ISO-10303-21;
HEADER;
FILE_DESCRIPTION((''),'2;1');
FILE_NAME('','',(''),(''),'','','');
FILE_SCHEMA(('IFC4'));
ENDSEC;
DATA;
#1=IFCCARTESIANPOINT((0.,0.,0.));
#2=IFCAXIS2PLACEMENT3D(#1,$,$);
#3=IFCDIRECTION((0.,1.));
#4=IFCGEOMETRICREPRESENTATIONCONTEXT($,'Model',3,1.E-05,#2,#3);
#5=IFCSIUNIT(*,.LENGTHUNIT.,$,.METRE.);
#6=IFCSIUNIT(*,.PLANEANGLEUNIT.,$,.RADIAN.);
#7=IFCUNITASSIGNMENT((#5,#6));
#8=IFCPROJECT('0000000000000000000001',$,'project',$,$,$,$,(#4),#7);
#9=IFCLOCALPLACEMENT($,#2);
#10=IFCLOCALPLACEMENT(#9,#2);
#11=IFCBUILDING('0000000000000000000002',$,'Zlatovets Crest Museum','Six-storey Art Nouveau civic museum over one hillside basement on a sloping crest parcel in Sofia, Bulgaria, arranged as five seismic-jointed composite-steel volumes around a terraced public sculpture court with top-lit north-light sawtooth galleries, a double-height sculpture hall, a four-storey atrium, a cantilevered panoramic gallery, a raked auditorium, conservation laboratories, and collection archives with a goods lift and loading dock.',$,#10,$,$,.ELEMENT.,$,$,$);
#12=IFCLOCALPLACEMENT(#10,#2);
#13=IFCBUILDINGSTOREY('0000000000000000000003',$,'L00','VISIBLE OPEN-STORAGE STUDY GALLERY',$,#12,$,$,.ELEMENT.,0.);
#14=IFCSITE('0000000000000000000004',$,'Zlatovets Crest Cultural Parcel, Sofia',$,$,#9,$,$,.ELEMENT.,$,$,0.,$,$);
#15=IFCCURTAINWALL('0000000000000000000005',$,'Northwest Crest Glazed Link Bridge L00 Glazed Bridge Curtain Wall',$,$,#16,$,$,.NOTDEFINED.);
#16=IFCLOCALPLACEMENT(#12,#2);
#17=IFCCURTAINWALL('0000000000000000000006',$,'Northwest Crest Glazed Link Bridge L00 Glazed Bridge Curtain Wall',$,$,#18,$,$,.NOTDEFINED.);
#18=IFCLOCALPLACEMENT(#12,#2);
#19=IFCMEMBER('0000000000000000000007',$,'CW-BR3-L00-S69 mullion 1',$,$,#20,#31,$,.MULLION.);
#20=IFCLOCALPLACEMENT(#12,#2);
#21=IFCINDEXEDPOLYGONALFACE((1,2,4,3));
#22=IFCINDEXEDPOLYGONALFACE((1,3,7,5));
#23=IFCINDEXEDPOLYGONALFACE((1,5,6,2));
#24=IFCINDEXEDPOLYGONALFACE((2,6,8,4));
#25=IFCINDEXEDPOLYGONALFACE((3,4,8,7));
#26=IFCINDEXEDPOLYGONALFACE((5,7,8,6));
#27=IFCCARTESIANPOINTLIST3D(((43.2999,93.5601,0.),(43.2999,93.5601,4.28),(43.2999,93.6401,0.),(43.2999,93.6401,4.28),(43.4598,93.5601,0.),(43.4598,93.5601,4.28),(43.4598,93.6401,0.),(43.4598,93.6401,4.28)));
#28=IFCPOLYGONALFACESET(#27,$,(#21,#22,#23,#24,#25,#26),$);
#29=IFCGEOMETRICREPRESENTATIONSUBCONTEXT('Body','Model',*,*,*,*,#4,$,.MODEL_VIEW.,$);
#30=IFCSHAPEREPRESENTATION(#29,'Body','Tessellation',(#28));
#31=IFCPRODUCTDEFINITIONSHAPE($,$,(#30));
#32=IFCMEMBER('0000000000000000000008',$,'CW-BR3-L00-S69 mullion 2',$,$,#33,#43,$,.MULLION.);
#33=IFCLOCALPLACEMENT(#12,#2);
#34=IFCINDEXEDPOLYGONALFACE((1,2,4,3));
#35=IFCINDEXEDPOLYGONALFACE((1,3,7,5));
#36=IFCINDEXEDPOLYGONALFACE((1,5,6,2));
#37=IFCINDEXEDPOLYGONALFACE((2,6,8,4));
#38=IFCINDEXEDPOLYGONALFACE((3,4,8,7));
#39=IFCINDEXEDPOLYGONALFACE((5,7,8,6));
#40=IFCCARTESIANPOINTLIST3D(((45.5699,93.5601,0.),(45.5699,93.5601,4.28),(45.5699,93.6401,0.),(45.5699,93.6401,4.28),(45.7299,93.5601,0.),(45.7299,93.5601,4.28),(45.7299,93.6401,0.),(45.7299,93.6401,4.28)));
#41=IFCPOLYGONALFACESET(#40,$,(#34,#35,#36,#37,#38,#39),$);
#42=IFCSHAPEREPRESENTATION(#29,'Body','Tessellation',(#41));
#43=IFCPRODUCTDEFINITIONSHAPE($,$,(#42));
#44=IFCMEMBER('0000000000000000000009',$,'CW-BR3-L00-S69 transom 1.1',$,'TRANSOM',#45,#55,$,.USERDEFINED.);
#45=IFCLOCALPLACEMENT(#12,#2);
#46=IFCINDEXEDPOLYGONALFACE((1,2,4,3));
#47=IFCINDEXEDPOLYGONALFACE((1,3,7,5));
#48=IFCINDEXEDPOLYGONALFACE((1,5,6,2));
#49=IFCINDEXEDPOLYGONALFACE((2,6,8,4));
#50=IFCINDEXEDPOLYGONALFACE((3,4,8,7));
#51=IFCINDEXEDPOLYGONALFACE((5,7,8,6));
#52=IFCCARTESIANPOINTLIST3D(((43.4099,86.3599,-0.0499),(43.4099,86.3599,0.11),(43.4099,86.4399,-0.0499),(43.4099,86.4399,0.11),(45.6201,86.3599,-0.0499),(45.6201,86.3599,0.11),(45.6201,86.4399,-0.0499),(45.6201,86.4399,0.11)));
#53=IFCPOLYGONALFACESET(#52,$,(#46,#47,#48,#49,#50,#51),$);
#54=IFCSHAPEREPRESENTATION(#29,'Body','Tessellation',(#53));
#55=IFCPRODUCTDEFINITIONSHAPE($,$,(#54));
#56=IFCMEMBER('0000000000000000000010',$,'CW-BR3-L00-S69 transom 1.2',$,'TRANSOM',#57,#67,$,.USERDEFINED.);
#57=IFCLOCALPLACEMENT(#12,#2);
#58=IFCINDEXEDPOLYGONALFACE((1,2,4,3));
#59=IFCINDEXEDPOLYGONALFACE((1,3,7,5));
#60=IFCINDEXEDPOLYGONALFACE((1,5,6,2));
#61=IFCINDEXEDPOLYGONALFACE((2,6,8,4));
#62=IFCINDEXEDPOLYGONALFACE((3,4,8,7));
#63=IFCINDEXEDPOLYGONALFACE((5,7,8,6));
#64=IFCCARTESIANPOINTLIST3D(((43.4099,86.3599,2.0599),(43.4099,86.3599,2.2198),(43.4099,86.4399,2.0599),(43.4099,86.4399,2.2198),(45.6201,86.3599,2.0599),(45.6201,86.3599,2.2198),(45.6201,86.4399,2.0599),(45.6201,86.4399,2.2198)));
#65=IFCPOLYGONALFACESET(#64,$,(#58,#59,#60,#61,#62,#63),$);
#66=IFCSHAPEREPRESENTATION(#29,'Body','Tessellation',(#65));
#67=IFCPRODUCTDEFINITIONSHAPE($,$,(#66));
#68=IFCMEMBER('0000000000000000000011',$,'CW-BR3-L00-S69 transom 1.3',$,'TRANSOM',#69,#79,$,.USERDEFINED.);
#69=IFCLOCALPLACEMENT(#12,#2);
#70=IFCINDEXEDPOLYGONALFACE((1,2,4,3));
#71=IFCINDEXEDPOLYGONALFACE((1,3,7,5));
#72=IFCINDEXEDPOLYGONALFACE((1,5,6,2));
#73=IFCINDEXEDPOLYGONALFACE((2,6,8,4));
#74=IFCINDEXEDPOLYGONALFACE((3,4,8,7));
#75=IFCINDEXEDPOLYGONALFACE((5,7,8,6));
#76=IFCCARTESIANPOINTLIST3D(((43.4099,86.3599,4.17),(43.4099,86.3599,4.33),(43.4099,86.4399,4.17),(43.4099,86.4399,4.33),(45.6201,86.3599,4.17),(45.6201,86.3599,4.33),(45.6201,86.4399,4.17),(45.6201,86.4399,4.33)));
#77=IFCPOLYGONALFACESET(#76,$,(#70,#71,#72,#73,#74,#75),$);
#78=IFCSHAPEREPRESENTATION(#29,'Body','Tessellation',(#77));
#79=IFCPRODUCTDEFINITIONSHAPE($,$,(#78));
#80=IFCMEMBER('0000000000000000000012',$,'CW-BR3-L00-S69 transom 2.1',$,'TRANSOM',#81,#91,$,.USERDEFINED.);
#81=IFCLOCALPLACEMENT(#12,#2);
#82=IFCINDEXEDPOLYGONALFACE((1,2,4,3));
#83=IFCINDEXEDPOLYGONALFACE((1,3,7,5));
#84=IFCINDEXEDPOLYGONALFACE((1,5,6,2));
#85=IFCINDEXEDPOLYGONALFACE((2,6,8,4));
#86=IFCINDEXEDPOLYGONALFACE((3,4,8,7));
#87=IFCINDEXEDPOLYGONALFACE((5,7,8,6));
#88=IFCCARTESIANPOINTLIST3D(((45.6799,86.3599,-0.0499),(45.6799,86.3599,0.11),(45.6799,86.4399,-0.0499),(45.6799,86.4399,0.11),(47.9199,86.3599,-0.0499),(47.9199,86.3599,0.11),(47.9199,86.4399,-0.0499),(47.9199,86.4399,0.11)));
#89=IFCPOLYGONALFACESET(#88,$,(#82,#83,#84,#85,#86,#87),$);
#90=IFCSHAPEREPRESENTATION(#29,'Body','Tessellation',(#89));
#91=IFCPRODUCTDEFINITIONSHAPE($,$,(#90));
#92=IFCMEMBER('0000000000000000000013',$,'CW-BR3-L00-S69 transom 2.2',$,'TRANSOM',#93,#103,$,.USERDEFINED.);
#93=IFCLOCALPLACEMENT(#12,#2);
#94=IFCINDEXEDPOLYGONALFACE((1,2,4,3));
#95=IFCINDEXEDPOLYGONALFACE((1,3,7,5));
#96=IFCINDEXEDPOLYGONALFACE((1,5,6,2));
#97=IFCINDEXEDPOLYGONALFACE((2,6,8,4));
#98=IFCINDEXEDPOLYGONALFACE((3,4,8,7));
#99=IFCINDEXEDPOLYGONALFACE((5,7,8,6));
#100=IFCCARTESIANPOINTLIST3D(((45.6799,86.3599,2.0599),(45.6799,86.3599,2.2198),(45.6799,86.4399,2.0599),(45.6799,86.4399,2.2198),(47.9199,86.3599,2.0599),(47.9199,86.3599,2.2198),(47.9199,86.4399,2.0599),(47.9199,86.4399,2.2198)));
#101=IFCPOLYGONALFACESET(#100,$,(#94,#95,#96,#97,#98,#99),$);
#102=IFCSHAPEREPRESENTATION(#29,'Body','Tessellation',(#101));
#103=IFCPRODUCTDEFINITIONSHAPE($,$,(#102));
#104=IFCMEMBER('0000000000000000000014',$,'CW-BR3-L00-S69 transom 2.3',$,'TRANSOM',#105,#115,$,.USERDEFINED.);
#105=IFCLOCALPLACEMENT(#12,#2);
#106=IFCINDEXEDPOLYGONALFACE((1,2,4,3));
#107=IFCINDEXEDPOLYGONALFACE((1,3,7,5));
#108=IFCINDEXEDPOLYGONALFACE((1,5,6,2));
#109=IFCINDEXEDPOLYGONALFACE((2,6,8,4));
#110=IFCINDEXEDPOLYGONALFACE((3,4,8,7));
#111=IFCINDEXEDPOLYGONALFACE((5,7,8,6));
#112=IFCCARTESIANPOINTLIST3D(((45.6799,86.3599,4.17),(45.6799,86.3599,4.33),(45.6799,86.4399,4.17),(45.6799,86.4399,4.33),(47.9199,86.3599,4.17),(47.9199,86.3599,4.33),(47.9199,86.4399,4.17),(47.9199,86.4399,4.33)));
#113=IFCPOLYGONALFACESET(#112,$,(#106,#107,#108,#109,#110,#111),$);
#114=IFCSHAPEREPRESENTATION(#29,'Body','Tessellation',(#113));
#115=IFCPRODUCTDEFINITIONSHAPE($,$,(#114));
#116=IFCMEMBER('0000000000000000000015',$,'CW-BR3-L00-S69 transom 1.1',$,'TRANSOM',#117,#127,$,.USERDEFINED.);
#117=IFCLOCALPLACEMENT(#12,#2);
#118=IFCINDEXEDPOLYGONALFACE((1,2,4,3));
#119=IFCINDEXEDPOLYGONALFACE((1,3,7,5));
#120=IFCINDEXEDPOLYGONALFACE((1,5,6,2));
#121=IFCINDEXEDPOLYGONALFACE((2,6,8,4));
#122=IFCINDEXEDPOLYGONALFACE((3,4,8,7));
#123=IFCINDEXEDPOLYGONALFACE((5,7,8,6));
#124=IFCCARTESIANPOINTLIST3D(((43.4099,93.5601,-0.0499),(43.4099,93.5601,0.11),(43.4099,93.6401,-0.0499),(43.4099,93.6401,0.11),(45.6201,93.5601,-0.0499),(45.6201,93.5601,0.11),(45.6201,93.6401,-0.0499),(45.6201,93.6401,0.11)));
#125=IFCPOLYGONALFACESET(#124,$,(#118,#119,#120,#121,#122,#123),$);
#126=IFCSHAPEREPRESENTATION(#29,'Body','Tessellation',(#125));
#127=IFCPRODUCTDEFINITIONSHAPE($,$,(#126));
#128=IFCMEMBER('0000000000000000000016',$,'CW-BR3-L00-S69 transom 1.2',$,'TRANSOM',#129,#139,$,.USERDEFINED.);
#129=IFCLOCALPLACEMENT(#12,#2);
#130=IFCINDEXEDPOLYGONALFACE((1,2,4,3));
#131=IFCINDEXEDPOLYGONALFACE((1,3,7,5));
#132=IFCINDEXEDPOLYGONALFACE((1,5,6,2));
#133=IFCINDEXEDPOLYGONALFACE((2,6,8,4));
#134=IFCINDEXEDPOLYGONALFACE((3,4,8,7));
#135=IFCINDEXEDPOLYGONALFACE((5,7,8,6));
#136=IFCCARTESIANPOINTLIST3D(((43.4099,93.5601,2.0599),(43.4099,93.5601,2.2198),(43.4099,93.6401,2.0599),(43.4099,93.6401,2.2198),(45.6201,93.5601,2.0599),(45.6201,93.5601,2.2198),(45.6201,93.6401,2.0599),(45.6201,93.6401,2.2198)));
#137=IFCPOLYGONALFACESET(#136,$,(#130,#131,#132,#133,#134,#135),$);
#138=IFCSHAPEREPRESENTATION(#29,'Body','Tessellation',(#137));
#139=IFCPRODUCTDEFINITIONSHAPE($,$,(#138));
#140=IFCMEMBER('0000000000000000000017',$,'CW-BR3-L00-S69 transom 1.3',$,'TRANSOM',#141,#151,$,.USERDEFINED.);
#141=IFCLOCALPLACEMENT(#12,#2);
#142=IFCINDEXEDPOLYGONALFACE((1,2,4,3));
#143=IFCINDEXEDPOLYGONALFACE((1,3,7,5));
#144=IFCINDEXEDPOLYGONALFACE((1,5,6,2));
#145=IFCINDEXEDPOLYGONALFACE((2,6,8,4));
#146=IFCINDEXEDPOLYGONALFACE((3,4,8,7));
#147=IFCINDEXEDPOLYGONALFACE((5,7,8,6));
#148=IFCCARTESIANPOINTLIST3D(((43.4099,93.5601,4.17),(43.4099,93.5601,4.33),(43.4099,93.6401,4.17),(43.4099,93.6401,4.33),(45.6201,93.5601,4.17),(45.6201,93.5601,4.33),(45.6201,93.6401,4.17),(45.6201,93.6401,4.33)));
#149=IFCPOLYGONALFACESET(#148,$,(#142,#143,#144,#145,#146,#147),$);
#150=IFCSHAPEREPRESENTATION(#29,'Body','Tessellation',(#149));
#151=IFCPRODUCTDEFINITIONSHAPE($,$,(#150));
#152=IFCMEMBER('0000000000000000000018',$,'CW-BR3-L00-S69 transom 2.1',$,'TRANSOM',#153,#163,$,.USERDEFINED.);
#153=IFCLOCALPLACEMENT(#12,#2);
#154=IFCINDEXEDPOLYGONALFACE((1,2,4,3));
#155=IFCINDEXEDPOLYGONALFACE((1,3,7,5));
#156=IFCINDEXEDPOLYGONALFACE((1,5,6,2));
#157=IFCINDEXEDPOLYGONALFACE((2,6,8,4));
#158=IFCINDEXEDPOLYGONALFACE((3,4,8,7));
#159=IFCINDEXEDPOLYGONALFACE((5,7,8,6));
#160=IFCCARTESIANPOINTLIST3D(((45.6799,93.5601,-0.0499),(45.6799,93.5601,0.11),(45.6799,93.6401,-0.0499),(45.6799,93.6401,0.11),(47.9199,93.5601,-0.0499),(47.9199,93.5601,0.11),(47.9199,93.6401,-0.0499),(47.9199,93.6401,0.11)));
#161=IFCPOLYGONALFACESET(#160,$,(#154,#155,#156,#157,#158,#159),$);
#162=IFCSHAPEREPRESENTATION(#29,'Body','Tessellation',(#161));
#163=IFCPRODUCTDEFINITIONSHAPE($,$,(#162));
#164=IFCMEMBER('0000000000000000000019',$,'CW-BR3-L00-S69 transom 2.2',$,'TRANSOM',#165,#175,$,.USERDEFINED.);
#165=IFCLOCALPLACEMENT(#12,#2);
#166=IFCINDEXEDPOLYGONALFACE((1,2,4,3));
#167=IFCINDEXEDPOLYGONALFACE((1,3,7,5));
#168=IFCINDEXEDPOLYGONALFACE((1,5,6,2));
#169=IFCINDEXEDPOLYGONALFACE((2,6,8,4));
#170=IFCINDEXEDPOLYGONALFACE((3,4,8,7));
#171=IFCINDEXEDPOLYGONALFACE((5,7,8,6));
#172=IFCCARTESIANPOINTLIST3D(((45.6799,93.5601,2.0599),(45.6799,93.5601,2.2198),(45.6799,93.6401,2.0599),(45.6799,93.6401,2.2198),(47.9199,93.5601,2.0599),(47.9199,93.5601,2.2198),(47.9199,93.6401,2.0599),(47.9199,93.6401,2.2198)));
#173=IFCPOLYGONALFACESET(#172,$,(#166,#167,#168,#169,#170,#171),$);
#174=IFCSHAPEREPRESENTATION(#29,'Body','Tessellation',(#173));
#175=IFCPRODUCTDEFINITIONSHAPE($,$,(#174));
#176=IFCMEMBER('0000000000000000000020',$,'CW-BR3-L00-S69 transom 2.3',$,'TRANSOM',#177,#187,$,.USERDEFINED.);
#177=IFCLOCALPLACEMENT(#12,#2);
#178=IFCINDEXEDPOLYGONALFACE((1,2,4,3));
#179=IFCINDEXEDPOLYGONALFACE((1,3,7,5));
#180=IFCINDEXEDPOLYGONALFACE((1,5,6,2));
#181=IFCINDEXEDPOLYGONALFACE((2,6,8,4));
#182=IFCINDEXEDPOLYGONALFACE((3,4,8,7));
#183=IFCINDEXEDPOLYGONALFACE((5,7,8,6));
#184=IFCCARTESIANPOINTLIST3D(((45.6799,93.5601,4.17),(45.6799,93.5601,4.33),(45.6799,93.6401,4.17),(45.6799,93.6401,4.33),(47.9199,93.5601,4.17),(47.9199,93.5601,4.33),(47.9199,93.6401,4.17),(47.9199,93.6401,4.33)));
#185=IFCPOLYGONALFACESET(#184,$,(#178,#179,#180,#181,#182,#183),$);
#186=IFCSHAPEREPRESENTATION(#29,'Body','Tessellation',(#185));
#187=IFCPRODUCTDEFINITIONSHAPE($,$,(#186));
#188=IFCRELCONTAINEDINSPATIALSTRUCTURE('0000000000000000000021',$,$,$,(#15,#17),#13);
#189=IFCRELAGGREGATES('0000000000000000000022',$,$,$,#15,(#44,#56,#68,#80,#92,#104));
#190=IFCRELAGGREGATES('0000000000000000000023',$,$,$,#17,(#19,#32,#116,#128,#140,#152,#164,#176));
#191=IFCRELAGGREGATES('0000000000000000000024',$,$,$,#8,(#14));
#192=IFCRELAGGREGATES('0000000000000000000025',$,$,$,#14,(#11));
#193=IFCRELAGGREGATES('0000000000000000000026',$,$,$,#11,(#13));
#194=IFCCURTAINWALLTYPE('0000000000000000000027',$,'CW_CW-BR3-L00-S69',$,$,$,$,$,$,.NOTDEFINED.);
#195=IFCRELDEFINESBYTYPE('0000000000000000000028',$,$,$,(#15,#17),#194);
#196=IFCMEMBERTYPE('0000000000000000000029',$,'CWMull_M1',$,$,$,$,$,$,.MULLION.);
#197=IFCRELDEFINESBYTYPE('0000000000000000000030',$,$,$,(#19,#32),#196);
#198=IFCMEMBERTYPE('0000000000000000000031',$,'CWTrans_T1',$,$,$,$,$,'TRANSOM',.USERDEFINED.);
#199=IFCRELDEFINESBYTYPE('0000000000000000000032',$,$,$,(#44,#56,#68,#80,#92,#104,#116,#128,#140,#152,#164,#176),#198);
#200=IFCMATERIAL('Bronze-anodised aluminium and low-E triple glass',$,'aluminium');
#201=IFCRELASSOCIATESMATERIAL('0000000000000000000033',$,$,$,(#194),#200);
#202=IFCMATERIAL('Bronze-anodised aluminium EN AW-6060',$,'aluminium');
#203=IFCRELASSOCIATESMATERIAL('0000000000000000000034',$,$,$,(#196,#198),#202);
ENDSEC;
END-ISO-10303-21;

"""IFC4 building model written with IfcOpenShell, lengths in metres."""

from ifc_helpers import new_model, si_unit, direction, frame, origin, origin_2d, place, context, subcontext, project, spatial, rectangle, extrude, material, material_profile, profile_set, type_object, element, aggregate, save


model = new_model("IFC4")

# Units and contexts
model_context = context("Model", 3, precision=1e-05, world=origin(), true_north=direction((0.0, 1.0)))
body_context = subcontext(model_context, "Body", "Model", "MODEL_VIEW")
ifc_project = project(units=[si_unit("LENGTHUNIT", "METRE"), si_unit("PLANEANGLEUNIT", "RADIAN")], contexts=[model_context])

# Site, building, storey
site_placement = place(None, origin())
site = spatial("IfcSite", under=ifc_project, at=site_placement, Name="Zlatovets Crest Cultural Parcel, Sofia", CompositionType="ELEMENT", RefElevation=0.0)
building_placement = place(site_placement, origin())
building = spatial("IfcBuilding", under=site, at=building_placement, Name="Zlatovets Crest Museum", Description="Six-storey Art Nouveau civic museum over one hillside basement on a sloping crest parcel in Sofia, Bulgaria, arranged as five seismic-jointed composite-steel volumes around a terraced public sculpture court with top-lit north-light sawtooth galleries, a double-height sculpture hall, a four-storey atrium, a cantilevered panoramic gallery, a raked auditorium, conservation laboratories, and collection archives with a goods lift and loading dock.", CompositionType="ELEMENT")
storey_placement = place(building_placement, origin())
storey = spatial("IfcBuildingStorey", under=building, at=storey_placement, Name="L00", Description="VISIBLE OPEN-STORAGE STUDY GALLERY", CompositionType="ELEMENT", Elevation=0.0)

# Shared definitions
ifc_material_1 = material(Name="Bronze-anodised aluminium and low-E triple glass", Category="aluminium")
curtain_wall_type = type_object("IfcCurtainWallType", Name="CW_CW-BR3-L00-S69", PredefinedType="NOTDEFINED", material=ifc_material_1)
ifc_material_2 = material(Name="Bronze-anodised aluminium EN AW-6060", Category="aluminium")
ifc_material_profile_1 = material_profile(ifc_material_2, rectangle(XDim=0.0801, YDim=0.1599, at=origin_2d()), Name="ALU 80x160")
ifc_profile_set_1 = profile_set([ifc_material_profile_1], Name="Bronze-anodised aluminium EN AW-6060")
member_type_1 = type_object("IfcMemberType", Name="CWMull_M1", PredefinedType="MULLION", material=ifc_profile_set_1)

# Curtain wall
curtain_wall_1_placement = place(storey_placement, origin())
curtain_wall_1 = element("IfcCurtainWall", 1, at=curtain_wall_1_placement, inside=storey, type_object=curtain_wall_type, Name="Northwest Crest Glazed Link Bridge L00 Glazed Bridge Curtain Wall", PredefinedType="NOTDEFINED")

# Curtain wall, members
curtain_wall_2_placement = place(storey_placement, origin())
curtain_wall_2 = element("IfcCurtainWall", 2, at=curtain_wall_2_placement, inside=storey, type_object=curtain_wall_type, Name="Northwest Crest Glazed Link Bridge L00 Glazed Bridge Curtain Wall", PredefinedType="NOTDEFINED")
member_1_placement = place(storey_placement, frame((43.3799, 93.6001, 0.0), z_axis=(0.0, 0.0, 1.0), x_axis=(0.0, 1.0, 0.0)))
member_1 = element("IfcMember", 3, at=member_1_placement, type_object=member_type_1, Name="CW-BR3-L00-S69 mullion 1", PredefinedType="MULLION", context=body_context, shape_type="SweptSolid", body=[
    extrude(rectangle(XDim=0.0801, YDim=0.1599, at=origin_2d()), origin(), (0.0, 0.0, 1.0), 4.28),
])
member_2_placement = place(storey_placement, frame((45.6499, 93.6001, 0.0), z_axis=(0.0, 0.0, 1.0), x_axis=(0.0, 1.0, 0.0)))
member_2 = element("IfcMember", 4, at=member_2_placement, type_object=member_type_1, Name="CW-BR3-L00-S69 mullion 2", PredefinedType="MULLION", context=body_context, shape_type="SweptSolid", body=[
    extrude(rectangle(XDim=0.0801, YDim=0.1599, at=origin_2d()), origin(), (0.0, 0.0, 1.0), 4.28),
])

# Members
ifc_material_profile_2 = material_profile(ifc_material_2, rectangle(XDim=0.0801, YDim=0.1599, at=origin_2d()), Name="ALU 80x160")
ifc_profile_set_2 = profile_set([ifc_material_profile_2], Name="Bronze-anodised aluminium EN AW-6060")
member_type_2 = type_object("IfcMemberType", Name="CWTrans_T1", ElementType="TRANSOM", PredefinedType="USERDEFINED", material=ifc_profile_set_2)
member_3_placement = place(storey_placement, frame((43.4099, 86.3999, 0.03), z_axis=(1.0, 0.0, 0.0), x_axis=(0.0, 1.0, 0.0)))
member_3 = element("IfcMember", 5, at=member_3_placement, type_object=member_type_2, Name="CW-BR3-L00-S69 transom 1.1", ObjectType="TRANSOM", PredefinedType="USERDEFINED", context=body_context, shape_type="SweptSolid", body=[
    extrude(rectangle(XDim=0.0801, YDim=0.1599, at=origin_2d()), origin(), (0.0, 0.0, 1.0), 2.2102),
])
member_4_placement = place(storey_placement, frame((43.4099, 86.3999, 2.1399), z_axis=(1.0, 0.0, 0.0), x_axis=(0.0, 1.0, 0.0)))
member_4 = element("IfcMember", 6, at=member_4_placement, type_object=member_type_2, Name="CW-BR3-L00-S69 transom 1.2", ObjectType="TRANSOM", PredefinedType="USERDEFINED", context=body_context, shape_type="SweptSolid", body=[
    extrude(rectangle(XDim=0.0801, YDim=0.1599, at=origin_2d()), origin(), (0.0, 0.0, 1.0), 2.2102),
])
member_5_placement = place(storey_placement, frame((43.4099, 86.3999, 4.25), z_axis=(1.0, 0.0, 0.0), x_axis=(0.0, 1.0, 0.0)))
member_5 = element("IfcMember", 7, at=member_5_placement, type_object=member_type_2, Name="CW-BR3-L00-S69 transom 1.3", ObjectType="TRANSOM", PredefinedType="USERDEFINED", context=body_context, shape_type="SweptSolid", body=[
    extrude(rectangle(XDim=0.0801, YDim=0.1599, at=origin_2d()), origin(), (0.0, 0.0, 1.0), 2.2102),
])
member_6_placement = place(storey_placement, frame((45.6799, 86.3999, 0.03), z_axis=(1.0, 0.0, 0.0), x_axis=(0.0, 1.0, 0.0)))
member_6 = element("IfcMember", 8, at=member_6_placement, type_object=member_type_2, Name="CW-BR3-L00-S69 transom 2.1", ObjectType="TRANSOM", PredefinedType="USERDEFINED", context=body_context, shape_type="SweptSolid", body=[
    extrude(rectangle(XDim=0.0801, YDim=0.1599, at=origin_2d()), origin(), (0.0, 0.0, 1.0), 2.24),
])
member_7_placement = place(storey_placement, frame((45.6799, 86.3999, 2.1399), z_axis=(1.0, 0.0, 0.0), x_axis=(0.0, 1.0, 0.0)))
member_7 = element("IfcMember", 9, at=member_7_placement, type_object=member_type_2, Name="CW-BR3-L00-S69 transom 2.2", ObjectType="TRANSOM", PredefinedType="USERDEFINED", context=body_context, shape_type="SweptSolid", body=[
    extrude(rectangle(XDim=0.0801, YDim=0.1599, at=origin_2d()), origin(), (0.0, 0.0, 1.0), 2.24),
])
member_8_placement = place(storey_placement, frame((45.6799, 86.3999, 4.25), z_axis=(1.0, 0.0, 0.0), x_axis=(0.0, 1.0, 0.0)))
member_8 = element("IfcMember", 10, at=member_8_placement, type_object=member_type_2, Name="CW-BR3-L00-S69 transom 2.3", ObjectType="TRANSOM", PredefinedType="USERDEFINED", context=body_context, shape_type="SweptSolid", body=[
    extrude(rectangle(XDim=0.0801, YDim=0.1599, at=origin_2d()), origin(), (0.0, 0.0, 1.0), 2.24),
])
member_9_placement = place(storey_placement, frame((43.4099, 93.6001, 0.03), z_axis=(1.0, 0.0, 0.0), x_axis=(0.0, 1.0, 0.0)))
member_9 = element("IfcMember", 11, at=member_9_placement, type_object=member_type_2, Name="CW-BR3-L00-S69 transom 1.1", ObjectType="TRANSOM", PredefinedType="USERDEFINED", context=body_context, shape_type="SweptSolid", body=[
    extrude(rectangle(XDim=0.0801, YDim=0.1599, at=origin_2d()), origin(), (0.0, 0.0, 1.0), 2.2102),
])
member_10_placement = place(storey_placement, frame((43.4099, 93.6001, 2.1399), z_axis=(1.0, 0.0, 0.0), x_axis=(0.0, 1.0, 0.0)))
member_10 = element("IfcMember", 12, at=member_10_placement, type_object=member_type_2, Name="CW-BR3-L00-S69 transom 1.2", ObjectType="TRANSOM", PredefinedType="USERDEFINED", context=body_context, shape_type="SweptSolid", body=[
    extrude(rectangle(XDim=0.0801, YDim=0.1599, at=origin_2d()), origin(), (0.0, 0.0, 1.0), 2.2102),
])
member_11_placement = place(storey_placement, frame((43.4099, 93.6001, 4.25), z_axis=(1.0, 0.0, 0.0), x_axis=(0.0, 1.0, 0.0)))
member_11 = element("IfcMember", 13, at=member_11_placement, type_object=member_type_2, Name="CW-BR3-L00-S69 transom 1.3", ObjectType="TRANSOM", PredefinedType="USERDEFINED", context=body_context, shape_type="SweptSolid", body=[
    extrude(rectangle(XDim=0.0801, YDim=0.1599, at=origin_2d()), origin(), (0.0, 0.0, 1.0), 2.2102),
])
member_12_placement = place(storey_placement, frame((45.6799, 93.6001, 0.03), z_axis=(1.0, 0.0, 0.0), x_axis=(0.0, 1.0, 0.0)))
member_12 = element("IfcMember", 14, at=member_12_placement, type_object=member_type_2, Name="CW-BR3-L00-S69 transom 2.1", ObjectType="TRANSOM", PredefinedType="USERDEFINED", context=body_context, shape_type="SweptSolid", body=[
    extrude(rectangle(XDim=0.0801, YDim=0.1599, at=origin_2d()), origin(), (0.0, 0.0, 1.0), 2.24),
])
member_13_placement = place(storey_placement, frame((45.6799, 93.6001, 2.1399), z_axis=(1.0, 0.0, 0.0), x_axis=(0.0, 1.0, 0.0)))
member_13 = element("IfcMember", 15, at=member_13_placement, type_object=member_type_2, Name="CW-BR3-L00-S69 transom 2.2", ObjectType="TRANSOM", PredefinedType="USERDEFINED", context=body_context, shape_type="SweptSolid", body=[
    extrude(rectangle(XDim=0.0801, YDim=0.1599, at=origin_2d()), origin(), (0.0, 0.0, 1.0), 2.24),
])
member_14_placement = place(storey_placement, frame((45.6799, 93.6001, 4.25), z_axis=(1.0, 0.0, 0.0), x_axis=(0.0, 1.0, 0.0)))
member_14 = element("IfcMember", 16, at=member_14_placement, type_object=member_type_2, Name="CW-BR3-L00-S69 transom 2.3", ObjectType="TRANSOM", PredefinedType="USERDEFINED", context=body_context, shape_type="SweptSolid", body=[
    extrude(rectangle(XDim=0.0801, YDim=0.1599, at=origin_2d()), origin(), (0.0, 0.0, 1.0), 2.24),
])

aggregate(curtain_wall_1, [member_3, member_4, member_5, member_6, member_7, member_8])
aggregate(curtain_wall_2, [member_1, member_2, member_9, member_10, member_11, member_12, member_13, member_14])

save(model, "model.ifc")
